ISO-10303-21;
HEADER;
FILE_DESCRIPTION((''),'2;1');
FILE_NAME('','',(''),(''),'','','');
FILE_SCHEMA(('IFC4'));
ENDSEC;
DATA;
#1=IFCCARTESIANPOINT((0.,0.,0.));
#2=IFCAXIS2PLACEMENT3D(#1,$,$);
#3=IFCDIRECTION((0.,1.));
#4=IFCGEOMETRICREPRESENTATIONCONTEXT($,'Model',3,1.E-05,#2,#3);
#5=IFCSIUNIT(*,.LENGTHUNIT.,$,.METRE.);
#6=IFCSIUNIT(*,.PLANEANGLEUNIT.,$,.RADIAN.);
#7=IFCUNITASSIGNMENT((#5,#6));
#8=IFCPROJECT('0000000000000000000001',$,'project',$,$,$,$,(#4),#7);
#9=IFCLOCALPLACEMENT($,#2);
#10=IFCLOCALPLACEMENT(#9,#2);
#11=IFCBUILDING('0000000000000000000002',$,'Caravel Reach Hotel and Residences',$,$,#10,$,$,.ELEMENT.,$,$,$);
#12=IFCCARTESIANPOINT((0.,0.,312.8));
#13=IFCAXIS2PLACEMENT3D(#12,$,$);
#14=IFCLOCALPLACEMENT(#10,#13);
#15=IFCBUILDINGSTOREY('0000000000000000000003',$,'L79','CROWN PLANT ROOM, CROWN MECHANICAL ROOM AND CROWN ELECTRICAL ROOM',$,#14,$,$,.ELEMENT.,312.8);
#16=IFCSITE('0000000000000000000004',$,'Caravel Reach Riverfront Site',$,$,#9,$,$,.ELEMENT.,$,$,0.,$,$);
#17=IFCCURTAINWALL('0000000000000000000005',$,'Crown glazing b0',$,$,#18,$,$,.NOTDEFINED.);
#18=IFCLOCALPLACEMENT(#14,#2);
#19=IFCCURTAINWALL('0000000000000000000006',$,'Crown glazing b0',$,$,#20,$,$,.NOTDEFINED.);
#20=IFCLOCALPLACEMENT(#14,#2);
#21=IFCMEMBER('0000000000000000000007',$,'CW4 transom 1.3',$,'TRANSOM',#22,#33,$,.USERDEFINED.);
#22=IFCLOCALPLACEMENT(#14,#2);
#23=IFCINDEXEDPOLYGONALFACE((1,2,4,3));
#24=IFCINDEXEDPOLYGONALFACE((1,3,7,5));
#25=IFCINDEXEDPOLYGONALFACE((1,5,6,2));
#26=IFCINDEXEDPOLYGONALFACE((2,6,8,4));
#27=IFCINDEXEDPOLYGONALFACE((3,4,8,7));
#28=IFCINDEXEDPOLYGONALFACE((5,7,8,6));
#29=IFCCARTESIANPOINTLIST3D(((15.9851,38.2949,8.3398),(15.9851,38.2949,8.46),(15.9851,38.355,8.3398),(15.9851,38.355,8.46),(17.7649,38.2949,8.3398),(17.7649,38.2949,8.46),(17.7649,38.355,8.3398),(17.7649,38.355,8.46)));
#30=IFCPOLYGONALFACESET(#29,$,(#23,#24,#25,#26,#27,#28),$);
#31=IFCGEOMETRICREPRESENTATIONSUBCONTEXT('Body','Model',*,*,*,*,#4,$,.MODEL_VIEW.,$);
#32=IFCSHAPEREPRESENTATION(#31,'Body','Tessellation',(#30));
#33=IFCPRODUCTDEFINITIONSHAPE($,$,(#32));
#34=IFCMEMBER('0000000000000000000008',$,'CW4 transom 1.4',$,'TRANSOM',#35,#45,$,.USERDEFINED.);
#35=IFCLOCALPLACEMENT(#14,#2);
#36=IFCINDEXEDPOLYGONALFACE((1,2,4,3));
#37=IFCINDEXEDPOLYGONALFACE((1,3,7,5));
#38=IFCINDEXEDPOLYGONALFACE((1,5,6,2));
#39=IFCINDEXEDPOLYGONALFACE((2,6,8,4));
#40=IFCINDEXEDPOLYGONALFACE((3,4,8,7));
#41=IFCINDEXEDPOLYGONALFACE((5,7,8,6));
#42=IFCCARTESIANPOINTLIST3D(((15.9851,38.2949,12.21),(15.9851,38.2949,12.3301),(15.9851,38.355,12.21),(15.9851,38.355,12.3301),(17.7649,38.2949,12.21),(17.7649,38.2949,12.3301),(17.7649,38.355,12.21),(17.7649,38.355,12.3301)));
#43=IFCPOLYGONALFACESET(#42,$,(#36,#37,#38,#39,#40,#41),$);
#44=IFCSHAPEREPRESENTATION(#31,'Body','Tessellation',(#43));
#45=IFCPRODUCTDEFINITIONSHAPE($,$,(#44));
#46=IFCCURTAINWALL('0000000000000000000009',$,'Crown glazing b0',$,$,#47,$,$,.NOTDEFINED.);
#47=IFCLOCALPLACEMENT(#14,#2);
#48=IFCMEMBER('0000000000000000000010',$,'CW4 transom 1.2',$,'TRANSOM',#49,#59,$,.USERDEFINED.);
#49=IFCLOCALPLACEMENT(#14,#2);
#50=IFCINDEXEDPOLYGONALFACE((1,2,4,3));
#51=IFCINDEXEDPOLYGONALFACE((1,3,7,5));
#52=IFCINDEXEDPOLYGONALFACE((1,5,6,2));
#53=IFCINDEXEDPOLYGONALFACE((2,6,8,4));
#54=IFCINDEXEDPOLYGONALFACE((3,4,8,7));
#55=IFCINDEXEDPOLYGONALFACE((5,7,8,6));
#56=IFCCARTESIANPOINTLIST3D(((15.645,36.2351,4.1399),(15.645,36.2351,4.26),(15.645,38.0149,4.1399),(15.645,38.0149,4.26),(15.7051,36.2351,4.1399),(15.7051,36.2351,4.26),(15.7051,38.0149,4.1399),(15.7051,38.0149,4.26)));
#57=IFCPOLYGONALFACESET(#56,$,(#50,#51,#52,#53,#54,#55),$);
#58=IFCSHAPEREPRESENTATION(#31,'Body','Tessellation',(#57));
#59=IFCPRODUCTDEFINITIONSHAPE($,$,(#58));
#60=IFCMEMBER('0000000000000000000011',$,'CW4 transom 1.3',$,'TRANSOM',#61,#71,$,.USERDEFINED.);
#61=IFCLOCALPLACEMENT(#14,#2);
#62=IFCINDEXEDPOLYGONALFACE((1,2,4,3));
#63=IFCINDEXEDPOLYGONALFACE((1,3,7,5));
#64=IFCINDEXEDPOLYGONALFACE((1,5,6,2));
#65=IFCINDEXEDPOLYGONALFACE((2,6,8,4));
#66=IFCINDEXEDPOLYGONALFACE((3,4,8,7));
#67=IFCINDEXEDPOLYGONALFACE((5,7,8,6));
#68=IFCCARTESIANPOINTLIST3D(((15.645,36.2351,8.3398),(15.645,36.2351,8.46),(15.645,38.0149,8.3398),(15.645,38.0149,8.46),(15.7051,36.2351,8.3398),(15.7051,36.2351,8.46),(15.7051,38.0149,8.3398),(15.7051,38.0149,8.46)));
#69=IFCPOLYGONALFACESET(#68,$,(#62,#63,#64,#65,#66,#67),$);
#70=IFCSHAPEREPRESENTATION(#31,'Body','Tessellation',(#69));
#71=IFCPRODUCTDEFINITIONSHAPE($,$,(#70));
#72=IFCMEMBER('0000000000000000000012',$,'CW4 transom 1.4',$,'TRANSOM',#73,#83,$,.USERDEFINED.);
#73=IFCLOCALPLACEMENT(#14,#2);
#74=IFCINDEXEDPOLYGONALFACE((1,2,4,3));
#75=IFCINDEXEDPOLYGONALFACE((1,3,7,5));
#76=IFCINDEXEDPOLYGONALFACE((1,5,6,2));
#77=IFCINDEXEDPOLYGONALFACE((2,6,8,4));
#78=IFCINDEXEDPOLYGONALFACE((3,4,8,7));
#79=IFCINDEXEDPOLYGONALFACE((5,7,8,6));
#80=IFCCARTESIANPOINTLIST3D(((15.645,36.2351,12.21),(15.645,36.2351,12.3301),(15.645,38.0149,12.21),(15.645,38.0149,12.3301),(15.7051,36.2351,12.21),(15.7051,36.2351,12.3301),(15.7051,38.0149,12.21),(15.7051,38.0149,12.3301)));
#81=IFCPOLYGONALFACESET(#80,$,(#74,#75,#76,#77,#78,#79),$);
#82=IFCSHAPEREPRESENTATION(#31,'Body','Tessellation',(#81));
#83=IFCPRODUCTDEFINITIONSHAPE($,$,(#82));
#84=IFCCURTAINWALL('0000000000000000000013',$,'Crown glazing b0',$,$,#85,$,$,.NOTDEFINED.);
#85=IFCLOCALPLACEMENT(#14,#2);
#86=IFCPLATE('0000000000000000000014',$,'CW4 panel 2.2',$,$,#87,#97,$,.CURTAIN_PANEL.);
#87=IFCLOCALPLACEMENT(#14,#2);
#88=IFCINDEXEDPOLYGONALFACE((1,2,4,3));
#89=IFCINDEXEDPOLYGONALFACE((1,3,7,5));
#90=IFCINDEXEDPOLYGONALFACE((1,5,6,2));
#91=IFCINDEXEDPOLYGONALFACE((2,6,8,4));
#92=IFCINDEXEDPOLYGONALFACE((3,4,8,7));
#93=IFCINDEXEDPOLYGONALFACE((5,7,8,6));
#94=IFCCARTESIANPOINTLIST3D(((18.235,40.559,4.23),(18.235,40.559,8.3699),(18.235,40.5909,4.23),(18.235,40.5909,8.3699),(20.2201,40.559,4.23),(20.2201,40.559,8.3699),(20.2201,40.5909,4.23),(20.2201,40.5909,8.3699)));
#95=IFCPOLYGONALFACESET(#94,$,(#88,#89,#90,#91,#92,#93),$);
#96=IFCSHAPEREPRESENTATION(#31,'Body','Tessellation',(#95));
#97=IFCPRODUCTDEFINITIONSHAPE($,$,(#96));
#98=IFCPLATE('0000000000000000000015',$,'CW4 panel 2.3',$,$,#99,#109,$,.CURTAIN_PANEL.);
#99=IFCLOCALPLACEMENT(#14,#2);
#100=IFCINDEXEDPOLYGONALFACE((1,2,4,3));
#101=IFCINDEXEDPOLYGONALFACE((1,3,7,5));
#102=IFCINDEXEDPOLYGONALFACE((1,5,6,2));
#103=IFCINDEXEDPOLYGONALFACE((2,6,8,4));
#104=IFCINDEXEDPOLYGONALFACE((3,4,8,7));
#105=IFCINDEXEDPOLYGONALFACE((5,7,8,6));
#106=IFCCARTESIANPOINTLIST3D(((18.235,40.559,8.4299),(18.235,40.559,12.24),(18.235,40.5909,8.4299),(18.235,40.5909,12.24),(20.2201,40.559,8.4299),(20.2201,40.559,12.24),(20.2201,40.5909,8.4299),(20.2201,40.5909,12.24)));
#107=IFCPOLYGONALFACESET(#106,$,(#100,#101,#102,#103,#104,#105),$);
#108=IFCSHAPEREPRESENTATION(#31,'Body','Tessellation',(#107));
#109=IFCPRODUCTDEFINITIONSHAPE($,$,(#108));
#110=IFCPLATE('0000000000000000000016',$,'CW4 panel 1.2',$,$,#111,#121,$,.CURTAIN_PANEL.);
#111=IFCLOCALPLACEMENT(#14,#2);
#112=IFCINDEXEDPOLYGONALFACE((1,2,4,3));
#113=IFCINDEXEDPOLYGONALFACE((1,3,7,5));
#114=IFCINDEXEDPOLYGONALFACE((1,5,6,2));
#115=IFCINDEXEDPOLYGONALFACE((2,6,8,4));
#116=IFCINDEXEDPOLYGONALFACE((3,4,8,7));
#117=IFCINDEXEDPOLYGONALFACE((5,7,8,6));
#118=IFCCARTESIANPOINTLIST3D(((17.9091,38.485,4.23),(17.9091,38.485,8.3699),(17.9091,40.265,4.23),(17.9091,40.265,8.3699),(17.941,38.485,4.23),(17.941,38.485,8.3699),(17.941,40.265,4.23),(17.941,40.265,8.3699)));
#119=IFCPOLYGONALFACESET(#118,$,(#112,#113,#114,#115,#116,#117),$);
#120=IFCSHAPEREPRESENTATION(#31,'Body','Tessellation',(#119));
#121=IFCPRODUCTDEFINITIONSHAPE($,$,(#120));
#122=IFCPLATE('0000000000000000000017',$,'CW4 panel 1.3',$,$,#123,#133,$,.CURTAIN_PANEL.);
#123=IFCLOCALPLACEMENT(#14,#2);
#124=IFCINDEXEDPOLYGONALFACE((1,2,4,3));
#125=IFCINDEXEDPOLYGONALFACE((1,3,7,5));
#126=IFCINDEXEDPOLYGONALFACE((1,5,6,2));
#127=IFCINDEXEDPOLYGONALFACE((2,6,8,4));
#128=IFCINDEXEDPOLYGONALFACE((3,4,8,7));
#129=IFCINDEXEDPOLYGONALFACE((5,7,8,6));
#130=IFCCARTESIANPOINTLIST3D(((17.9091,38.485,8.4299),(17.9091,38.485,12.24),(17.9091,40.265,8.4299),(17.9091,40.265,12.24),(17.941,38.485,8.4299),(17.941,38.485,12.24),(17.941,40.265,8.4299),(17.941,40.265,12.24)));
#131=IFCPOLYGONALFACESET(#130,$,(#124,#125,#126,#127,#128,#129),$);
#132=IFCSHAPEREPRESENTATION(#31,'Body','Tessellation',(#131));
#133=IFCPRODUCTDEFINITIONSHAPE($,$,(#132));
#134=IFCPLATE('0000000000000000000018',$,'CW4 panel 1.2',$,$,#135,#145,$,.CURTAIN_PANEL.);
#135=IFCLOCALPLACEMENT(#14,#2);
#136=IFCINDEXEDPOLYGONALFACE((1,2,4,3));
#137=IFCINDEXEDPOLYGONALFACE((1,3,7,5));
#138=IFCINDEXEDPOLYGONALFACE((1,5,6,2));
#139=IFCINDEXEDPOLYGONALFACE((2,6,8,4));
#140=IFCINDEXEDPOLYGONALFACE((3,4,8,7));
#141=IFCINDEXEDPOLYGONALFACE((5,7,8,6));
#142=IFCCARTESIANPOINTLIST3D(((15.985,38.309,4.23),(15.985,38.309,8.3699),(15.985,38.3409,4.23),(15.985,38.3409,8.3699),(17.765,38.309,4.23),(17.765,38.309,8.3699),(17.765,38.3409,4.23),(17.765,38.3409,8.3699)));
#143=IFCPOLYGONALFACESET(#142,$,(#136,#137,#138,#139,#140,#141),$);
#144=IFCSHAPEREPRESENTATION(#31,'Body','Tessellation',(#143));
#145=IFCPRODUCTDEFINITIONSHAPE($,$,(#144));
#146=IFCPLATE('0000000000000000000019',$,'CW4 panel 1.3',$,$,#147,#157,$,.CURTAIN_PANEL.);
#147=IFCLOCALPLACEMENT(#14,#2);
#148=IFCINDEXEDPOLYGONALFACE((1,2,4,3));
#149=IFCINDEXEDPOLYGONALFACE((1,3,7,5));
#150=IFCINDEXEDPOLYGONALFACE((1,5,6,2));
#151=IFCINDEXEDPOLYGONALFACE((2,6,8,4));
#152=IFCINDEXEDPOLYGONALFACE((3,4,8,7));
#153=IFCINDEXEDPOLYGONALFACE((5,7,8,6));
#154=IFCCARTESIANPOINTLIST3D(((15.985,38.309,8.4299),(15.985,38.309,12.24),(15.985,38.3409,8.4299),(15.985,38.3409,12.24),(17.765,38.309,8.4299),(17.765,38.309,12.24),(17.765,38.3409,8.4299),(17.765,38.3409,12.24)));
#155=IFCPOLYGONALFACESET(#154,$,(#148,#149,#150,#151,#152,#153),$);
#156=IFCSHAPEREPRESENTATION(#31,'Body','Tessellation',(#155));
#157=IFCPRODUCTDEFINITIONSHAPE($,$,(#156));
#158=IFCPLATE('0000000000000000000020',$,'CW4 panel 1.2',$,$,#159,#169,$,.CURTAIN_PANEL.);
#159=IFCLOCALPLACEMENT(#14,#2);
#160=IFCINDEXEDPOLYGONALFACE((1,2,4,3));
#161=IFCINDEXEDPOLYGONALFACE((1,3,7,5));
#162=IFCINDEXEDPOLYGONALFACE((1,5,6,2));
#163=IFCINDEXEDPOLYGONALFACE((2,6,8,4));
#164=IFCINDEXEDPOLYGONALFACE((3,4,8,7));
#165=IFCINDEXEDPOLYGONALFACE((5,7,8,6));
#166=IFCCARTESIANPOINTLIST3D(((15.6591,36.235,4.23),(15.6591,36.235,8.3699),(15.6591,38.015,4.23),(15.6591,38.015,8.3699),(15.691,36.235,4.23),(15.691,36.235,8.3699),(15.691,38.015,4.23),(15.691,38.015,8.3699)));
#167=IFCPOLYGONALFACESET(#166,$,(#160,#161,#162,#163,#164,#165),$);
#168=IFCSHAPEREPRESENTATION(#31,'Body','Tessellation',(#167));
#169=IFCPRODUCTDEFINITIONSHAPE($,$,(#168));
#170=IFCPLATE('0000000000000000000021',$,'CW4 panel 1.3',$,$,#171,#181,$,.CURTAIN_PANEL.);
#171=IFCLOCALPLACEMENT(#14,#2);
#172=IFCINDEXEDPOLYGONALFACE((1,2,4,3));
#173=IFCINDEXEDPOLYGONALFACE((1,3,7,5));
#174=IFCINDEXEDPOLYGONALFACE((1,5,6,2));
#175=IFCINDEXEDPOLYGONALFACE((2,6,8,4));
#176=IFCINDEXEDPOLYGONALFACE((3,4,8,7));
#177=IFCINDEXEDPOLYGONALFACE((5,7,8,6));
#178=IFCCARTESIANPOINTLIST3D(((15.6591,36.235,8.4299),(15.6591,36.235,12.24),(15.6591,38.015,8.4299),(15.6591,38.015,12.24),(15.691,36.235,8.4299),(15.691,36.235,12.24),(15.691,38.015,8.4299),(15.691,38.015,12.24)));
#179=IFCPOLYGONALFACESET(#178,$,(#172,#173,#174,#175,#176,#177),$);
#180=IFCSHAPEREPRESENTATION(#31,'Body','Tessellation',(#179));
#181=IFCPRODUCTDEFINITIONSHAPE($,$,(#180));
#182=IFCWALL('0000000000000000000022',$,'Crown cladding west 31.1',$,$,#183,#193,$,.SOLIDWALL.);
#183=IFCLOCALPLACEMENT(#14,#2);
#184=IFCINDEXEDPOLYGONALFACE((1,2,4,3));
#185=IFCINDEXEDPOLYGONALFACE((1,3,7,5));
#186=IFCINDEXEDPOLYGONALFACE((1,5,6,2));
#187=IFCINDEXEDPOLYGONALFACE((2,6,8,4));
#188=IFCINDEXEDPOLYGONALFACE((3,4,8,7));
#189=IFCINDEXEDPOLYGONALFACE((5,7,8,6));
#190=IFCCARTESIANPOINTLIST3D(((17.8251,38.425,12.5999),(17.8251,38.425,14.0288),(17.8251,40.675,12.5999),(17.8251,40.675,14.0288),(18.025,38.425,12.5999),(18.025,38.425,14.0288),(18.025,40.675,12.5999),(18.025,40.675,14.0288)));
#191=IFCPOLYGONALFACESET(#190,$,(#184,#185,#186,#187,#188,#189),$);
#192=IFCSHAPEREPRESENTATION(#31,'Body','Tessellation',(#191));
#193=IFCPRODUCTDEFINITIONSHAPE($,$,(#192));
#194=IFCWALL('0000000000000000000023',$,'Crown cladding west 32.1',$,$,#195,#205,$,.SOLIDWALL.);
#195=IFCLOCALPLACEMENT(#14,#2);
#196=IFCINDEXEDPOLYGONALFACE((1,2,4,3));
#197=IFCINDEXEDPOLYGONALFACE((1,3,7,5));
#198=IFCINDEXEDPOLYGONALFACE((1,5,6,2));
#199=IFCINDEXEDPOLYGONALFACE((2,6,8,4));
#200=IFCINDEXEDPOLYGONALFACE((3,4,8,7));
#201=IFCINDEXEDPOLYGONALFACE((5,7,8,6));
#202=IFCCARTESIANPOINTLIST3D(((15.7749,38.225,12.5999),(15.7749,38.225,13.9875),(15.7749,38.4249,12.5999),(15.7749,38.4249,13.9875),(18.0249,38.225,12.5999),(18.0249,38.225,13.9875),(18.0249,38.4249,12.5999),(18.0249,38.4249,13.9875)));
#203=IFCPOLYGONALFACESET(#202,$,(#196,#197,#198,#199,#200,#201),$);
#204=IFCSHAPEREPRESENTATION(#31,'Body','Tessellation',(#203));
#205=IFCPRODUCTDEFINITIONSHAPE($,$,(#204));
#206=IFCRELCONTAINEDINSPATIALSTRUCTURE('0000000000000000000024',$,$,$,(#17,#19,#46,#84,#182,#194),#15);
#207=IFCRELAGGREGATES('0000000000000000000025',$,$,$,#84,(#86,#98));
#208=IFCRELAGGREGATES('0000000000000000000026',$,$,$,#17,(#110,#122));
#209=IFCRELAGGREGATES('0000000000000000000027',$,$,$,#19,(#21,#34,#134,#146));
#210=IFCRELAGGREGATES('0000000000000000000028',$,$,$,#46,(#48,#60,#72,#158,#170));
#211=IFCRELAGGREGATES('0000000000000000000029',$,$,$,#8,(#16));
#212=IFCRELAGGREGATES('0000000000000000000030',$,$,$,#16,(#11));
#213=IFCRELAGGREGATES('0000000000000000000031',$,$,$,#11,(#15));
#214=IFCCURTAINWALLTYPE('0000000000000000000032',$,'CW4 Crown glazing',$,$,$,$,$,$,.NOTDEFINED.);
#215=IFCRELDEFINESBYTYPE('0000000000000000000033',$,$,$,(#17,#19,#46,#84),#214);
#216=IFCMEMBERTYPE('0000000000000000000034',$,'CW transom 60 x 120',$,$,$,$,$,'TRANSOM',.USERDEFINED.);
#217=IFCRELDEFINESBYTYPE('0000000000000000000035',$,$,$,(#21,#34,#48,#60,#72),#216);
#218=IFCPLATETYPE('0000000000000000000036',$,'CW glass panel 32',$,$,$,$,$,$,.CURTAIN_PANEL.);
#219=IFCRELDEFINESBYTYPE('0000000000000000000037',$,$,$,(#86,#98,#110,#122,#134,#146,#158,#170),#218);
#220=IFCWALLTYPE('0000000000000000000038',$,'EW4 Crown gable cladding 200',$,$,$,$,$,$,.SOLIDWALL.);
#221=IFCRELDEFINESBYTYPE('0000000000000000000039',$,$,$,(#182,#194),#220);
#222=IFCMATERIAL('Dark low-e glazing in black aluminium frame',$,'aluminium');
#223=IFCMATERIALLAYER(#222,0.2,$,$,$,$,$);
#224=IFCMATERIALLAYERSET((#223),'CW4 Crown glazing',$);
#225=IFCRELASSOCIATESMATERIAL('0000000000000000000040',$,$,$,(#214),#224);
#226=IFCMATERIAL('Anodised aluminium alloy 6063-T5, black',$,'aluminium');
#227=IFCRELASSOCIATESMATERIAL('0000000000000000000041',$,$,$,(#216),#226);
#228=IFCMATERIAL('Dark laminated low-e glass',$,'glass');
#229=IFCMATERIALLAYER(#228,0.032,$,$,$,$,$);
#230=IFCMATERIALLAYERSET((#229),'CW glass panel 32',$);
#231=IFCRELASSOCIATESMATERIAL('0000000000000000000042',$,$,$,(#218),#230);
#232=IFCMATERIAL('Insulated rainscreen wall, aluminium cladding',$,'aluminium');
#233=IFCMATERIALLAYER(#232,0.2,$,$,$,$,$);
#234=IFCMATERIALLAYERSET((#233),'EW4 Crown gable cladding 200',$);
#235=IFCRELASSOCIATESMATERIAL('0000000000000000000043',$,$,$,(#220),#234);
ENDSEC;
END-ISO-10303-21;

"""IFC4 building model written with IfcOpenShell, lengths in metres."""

from ifc_helpers import new_model, si_unit, direction, frame, frame_2d, origin, origin_2d, place, context, subcontext, project, spatial, rectangle, extrude, material, layer, layer_set, material_profile, profile_set, type_object, element, aggregate, save


model = new_model("IFC4")

# Units and contexts
model_context = context("Model", 3, precision=1e-05, world=origin(), true_north=direction((0.0, 1.0)))
body_context = subcontext(model_context, "Body", "Model", "MODEL_VIEW")
ifc_project = project(units=[si_unit("LENGTHUNIT", "METRE"), si_unit("PLANEANGLEUNIT", "RADIAN")], contexts=[model_context])

# Site, building, storey
site_placement = place(None, origin())
site = spatial("IfcSite", under=ifc_project, at=site_placement, Name="Caravel Reach Riverfront Site", CompositionType="ELEMENT", RefElevation=0.0)
building_placement = place(site_placement, origin())
building = spatial("IfcBuilding", under=site, at=building_placement, Name="Caravel Reach Hotel and Residences", CompositionType="ELEMENT")
storey_placement = place(building_placement, frame((0.0, 0.0, 312.8)))
storey = spatial("IfcBuildingStorey", under=building, at=storey_placement, Name="L79", Description="CROWN PLANT ROOM, CROWN MECHANICAL ROOM AND CROWN ELECTRICAL ROOM", CompositionType="ELEMENT", Elevation=312.8)

# Curtain walls, members
ifc_material_1 = material(Name="Dark low-e glazing in black aluminium frame", Category="aluminium")
ifc_layer_1 = layer(ifc_material_1, 0.2)
ifc_layer_set_1 = layer_set([ifc_layer_1], Name="CW4 Crown glazing")
curtain_wall_type = type_object("IfcCurtainWallType", Name="CW4 Crown glazing", PredefinedType="NOTDEFINED", material=ifc_layer_set_1)
curtain_wall_1_placement = place(storey_placement, origin())
curtain_wall_1 = element("IfcCurtainWall", 1, at=curtain_wall_1_placement, inside=storey, type_object=curtain_wall_type, Name="Crown glazing b0", PredefinedType="NOTDEFINED")
ifc_material_2 = material(Name="Anodised aluminium alloy 6063-T5, black", Category="aluminium")
ifc_material_profile_1 = material_profile(ifc_material_2, rectangle(XDim=0.0601, YDim=0.1201, at=origin_2d()), Name="CW transom 60 x 120")
ifc_profile_set_1 = profile_set([ifc_material_profile_1], Name="Anodised aluminium alloy 6063-T5, black")
member_type = type_object("IfcMemberType", Name="CW transom 60 x 120", ElementType="TRANSOM", PredefinedType="USERDEFINED", material=ifc_profile_set_1)
curtain_wall_2_placement = place(storey_placement, origin())
curtain_wall_2 = element("IfcCurtainWall", 2, at=curtain_wall_2_placement, inside=storey, type_object=curtain_wall_type, Name="Crown glazing b0", PredefinedType="NOTDEFINED")
member_1_placement = place(storey_placement, frame((17.7649, 38.325, 8.3999), z_axis=(-1.0, 0.0, 0.0), x_axis=(0.0, -1.0, 0.0)))
member_1 = element("IfcMember", 3, at=member_1_placement, type_object=member_type, Name="CW4 transom 1.3", ObjectType="TRANSOM", PredefinedType="USERDEFINED", context=body_context, shape_type="SweptSolid", body=[
    extrude(rectangle(XDim=0.0601, YDim=0.1201, at=origin_2d()), origin(), (0.0, 0.0, 1.0), 1.7798),
])
member_2_placement = place(storey_placement, frame((17.7649, 38.325, 12.27), z_axis=(-1.0, 0.0, 0.0), x_axis=(0.0, -1.0, 0.0)))
member_2 = element("IfcMember", 4, at=member_2_placement, type_object=member_type, Name="CW4 transom 1.4", ObjectType="TRANSOM", PredefinedType="USERDEFINED", context=body_context, shape_type="SweptSolid", body=[
    extrude(rectangle(XDim=0.0601, YDim=0.1201, at=origin_2d()), origin(), (0.0, 0.0, 1.0), 1.7798),
])
curtain_wall_3_placement = place(storey_placement, origin())
curtain_wall_3 = element("IfcCurtainWall", 5, at=curtain_wall_3_placement, inside=storey, type_object=curtain_wall_type, Name="Crown glazing b0", PredefinedType="NOTDEFINED")
member_3_placement = place(storey_placement, frame((15.675, 38.0149, 4.2), z_axis=(0.0, -1.0, 0.0), x_axis=(1.0, 0.0, 0.0)))
member_3 = element("IfcMember", 6, at=member_3_placement, type_object=member_type, Name="CW4 transom 1.2", ObjectType="TRANSOM", PredefinedType="USERDEFINED", context=body_context, shape_type="SweptSolid", body=[
    extrude(rectangle(XDim=0.0601, YDim=0.1201, at=origin_2d()), origin(), (0.0, 0.0, 1.0), 1.7798),
])
member_4_placement = place(storey_placement, frame((15.675, 38.0149, 8.3999), z_axis=(0.0, -1.0, 0.0), x_axis=(1.0, 0.0, 0.0)))
member_4 = element("IfcMember", 7, at=member_4_placement, type_object=member_type, Name="CW4 transom 1.3", ObjectType="TRANSOM", PredefinedType="USERDEFINED", context=body_context, shape_type="SweptSolid", body=[
    extrude(rectangle(XDim=0.0601, YDim=0.1201, at=origin_2d()), origin(), (0.0, 0.0, 1.0), 1.7798),
])
member_5_placement = place(storey_placement, frame((15.675, 38.0149, 12.27), z_axis=(0.0, -1.0, 0.0), x_axis=(1.0, 0.0, 0.0)))
member_5 = element("IfcMember", 8, at=member_5_placement, type_object=member_type, Name="CW4 transom 1.4", ObjectType="TRANSOM", PredefinedType="USERDEFINED", context=body_context, shape_type="SweptSolid", body=[
    extrude(rectangle(XDim=0.0601, YDim=0.1201, at=origin_2d()), origin(), (0.0, 0.0, 1.0), 1.7798),
])

# Curtain wall, plates
curtain_wall_4_placement = place(storey_placement, origin())
curtain_wall_4 = element("IfcCurtainWall", 9, at=curtain_wall_4_placement, inside=storey, type_object=curtain_wall_type, Name="Crown glazing b0", PredefinedType="NOTDEFINED")
ifc_material_3 = material(Name="Dark laminated low-e glass", Category="glass")
ifc_layer_2 = layer(ifc_material_3, 0.032)
ifc_layer_set_2 = layer_set([ifc_layer_2], Name="CW glass panel 32")
plate_type = type_object("IfcPlateType", Name="CW glass panel 32", PredefinedType="CURTAIN_PANEL", material=ifc_layer_set_2)
plate_1_placement = place(storey_placement, frame((19.2275, 40.575, 4.23), z_axis=(0.0, 0.0, 1.0), x_axis=(-1.0, 0.0, 0.0)))
plate_1 = element("IfcPlate", 10, at=plate_1_placement, type_object=plate_type, Name="CW4 panel 2.2", PredefinedType="CURTAIN_PANEL", context=body_context, shape_type="SweptSolid", body=[
    extrude(rectangle(XDim=1.9851, YDim=0.032, at=origin_2d()), origin(), (0.0, 0.0, 1.0), 4.1399),
])
plate_2_placement = place(storey_placement, frame((19.2275, 40.575, 8.4299), z_axis=(0.0, 0.0, 1.0), x_axis=(-1.0, 0.0, 0.0)))
plate_2 = element("IfcPlate", 11, at=plate_2_placement, type_object=plate_type, Name="CW4 panel 2.3", PredefinedType="CURTAIN_PANEL", context=body_context, shape_type="SweptSolid", body=[
    extrude(rectangle(XDim=1.9851, YDim=0.032, at=origin_2d()), origin(), (0.0, 0.0, 1.0), 3.8101),
])
aggregate(curtain_wall_4, [plate_1, plate_2])

# Plates
plate_3_placement = place(storey_placement, frame((17.925, 39.375, 4.23), z_axis=(0.0, 0.0, 1.0), x_axis=(0.0, -1.0, 0.0)))
plate_3 = element("IfcPlate", 12, at=plate_3_placement, type_object=plate_type, Name="CW4 panel 1.2", PredefinedType="CURTAIN_PANEL", context=body_context, shape_type="SweptSolid", body=[
    extrude(rectangle(XDim=1.78, YDim=0.032, at=origin_2d()), origin(), (0.0, 0.0, 1.0), 4.1399),
])
plate_4_placement = place(storey_placement, frame((17.925, 39.375, 8.4299), z_axis=(0.0, 0.0, 1.0), x_axis=(0.0, -1.0, 0.0)))
plate_4 = element("IfcPlate", 13, at=plate_4_placement, type_object=plate_type, Name="CW4 panel 1.3", PredefinedType="CURTAIN_PANEL", context=body_context, shape_type="SweptSolid", body=[
    extrude(rectangle(XDim=1.78, YDim=0.032, at=origin_2d()), origin(), (0.0, 0.0, 1.0), 3.8101),
])
aggregate(curtain_wall_1, [plate_3, plate_4])
plate_5_placement = place(storey_placement, frame((16.875, 38.325, 4.23), z_axis=(0.0, 0.0, 1.0), x_axis=(-1.0, 0.0, 0.0)))
plate_5 = element("IfcPlate", 14, at=plate_5_placement, type_object=plate_type, Name="CW4 panel 1.2", PredefinedType="CURTAIN_PANEL", context=body_context, shape_type="SweptSolid", body=[
    extrude(rectangle(XDim=1.78, YDim=0.032, at=origin_2d()), origin(), (0.0, 0.0, 1.0), 4.1399),
])
plate_6_placement = place(storey_placement, frame((16.875, 38.325, 8.4299), z_axis=(0.0, 0.0, 1.0), x_axis=(-1.0, 0.0, 0.0)))
plate_6 = element("IfcPlate", 15, at=plate_6_placement, type_object=plate_type, Name="CW4 panel 1.3", PredefinedType="CURTAIN_PANEL", context=body_context, shape_type="SweptSolid", body=[
    extrude(rectangle(XDim=1.78, YDim=0.032, at=origin_2d()), origin(), (0.0, 0.0, 1.0), 3.8101),
])
aggregate(curtain_wall_2, [member_1, member_2, plate_5, plate_6])
plate_7_placement = place(storey_placement, frame((15.675, 37.125, 4.23), z_axis=(0.0, 0.0, 1.0), x_axis=(0.0, -1.0, 0.0)))
plate_7 = element("IfcPlate", 16, at=plate_7_placement, type_object=plate_type, Name="CW4 panel 1.2", PredefinedType="CURTAIN_PANEL", context=body_context, shape_type="SweptSolid", body=[
    extrude(rectangle(XDim=1.78, YDim=0.032, at=origin_2d()), origin(), (0.0, 0.0, 1.0), 4.1399),
])
plate_8_placement = place(storey_placement, frame((15.675, 37.125, 8.4299), z_axis=(0.0, 0.0, 1.0), x_axis=(0.0, -1.0, 0.0)))
plate_8 = element("IfcPlate", 17, at=plate_8_placement, type_object=plate_type, Name="CW4 panel 1.3", PredefinedType="CURTAIN_PANEL", context=body_context, shape_type="SweptSolid", body=[
    extrude(rectangle(XDim=1.78, YDim=0.032, at=origin_2d()), origin(), (0.0, 0.0, 1.0), 3.8101),
])
aggregate(curtain_wall_3, [member_3, member_4, member_5, plate_7, plate_8])

# Walls
ifc_material_4 = material(Name="Insulated rainscreen wall, aluminium cladding", Category="aluminium")
ifc_layer_3 = layer(ifc_material_4, 0.2)
ifc_layer_set_3 = layer_set([ifc_layer_3], Name="EW4 Crown gable cladding 200")
wall_type = type_object("IfcWallType", Name="EW4 Crown gable cladding 200", PredefinedType="SOLIDWALL", material=ifc_layer_set_3)
wall_1_placement = place(storey_placement, frame((17.925, 40.675, 12.5999), z_axis=(0.0, 0.0, 1.0), x_axis=(0.0, -1.0, 0.0)))
element("IfcWall", 18, at=wall_1_placement, inside=storey, type_object=wall_type, Name="Crown cladding west 31.1", PredefinedType="SOLIDWALL", context=body_context, shape_type="SweptSolid", body=[
    extrude(rectangle(XDim=2.25, YDim=0.2, at=frame_2d((1.125, 0.0))), origin(), (0.0, 0.0, 1.0), 1.429),
])
wall_2_placement = place(storey_placement, frame((18.0249, 38.325, 12.5999), z_axis=(0.0, 0.0, 1.0), x_axis=(-1.0, 0.0, 0.0)))
element("IfcWall", 19, at=wall_2_placement, inside=storey, type_object=wall_type, Name="Crown cladding west 32.1", PredefinedType="SOLIDWALL", context=body_context, shape_type="SweptSolid", body=[
    extrude(rectangle(XDim=2.25, YDim=0.2, at=frame_2d((1.125, 0.0))), origin(), (0.0, 0.0, 1.0), 1.3877),
])

save(model, "model.ifc")
